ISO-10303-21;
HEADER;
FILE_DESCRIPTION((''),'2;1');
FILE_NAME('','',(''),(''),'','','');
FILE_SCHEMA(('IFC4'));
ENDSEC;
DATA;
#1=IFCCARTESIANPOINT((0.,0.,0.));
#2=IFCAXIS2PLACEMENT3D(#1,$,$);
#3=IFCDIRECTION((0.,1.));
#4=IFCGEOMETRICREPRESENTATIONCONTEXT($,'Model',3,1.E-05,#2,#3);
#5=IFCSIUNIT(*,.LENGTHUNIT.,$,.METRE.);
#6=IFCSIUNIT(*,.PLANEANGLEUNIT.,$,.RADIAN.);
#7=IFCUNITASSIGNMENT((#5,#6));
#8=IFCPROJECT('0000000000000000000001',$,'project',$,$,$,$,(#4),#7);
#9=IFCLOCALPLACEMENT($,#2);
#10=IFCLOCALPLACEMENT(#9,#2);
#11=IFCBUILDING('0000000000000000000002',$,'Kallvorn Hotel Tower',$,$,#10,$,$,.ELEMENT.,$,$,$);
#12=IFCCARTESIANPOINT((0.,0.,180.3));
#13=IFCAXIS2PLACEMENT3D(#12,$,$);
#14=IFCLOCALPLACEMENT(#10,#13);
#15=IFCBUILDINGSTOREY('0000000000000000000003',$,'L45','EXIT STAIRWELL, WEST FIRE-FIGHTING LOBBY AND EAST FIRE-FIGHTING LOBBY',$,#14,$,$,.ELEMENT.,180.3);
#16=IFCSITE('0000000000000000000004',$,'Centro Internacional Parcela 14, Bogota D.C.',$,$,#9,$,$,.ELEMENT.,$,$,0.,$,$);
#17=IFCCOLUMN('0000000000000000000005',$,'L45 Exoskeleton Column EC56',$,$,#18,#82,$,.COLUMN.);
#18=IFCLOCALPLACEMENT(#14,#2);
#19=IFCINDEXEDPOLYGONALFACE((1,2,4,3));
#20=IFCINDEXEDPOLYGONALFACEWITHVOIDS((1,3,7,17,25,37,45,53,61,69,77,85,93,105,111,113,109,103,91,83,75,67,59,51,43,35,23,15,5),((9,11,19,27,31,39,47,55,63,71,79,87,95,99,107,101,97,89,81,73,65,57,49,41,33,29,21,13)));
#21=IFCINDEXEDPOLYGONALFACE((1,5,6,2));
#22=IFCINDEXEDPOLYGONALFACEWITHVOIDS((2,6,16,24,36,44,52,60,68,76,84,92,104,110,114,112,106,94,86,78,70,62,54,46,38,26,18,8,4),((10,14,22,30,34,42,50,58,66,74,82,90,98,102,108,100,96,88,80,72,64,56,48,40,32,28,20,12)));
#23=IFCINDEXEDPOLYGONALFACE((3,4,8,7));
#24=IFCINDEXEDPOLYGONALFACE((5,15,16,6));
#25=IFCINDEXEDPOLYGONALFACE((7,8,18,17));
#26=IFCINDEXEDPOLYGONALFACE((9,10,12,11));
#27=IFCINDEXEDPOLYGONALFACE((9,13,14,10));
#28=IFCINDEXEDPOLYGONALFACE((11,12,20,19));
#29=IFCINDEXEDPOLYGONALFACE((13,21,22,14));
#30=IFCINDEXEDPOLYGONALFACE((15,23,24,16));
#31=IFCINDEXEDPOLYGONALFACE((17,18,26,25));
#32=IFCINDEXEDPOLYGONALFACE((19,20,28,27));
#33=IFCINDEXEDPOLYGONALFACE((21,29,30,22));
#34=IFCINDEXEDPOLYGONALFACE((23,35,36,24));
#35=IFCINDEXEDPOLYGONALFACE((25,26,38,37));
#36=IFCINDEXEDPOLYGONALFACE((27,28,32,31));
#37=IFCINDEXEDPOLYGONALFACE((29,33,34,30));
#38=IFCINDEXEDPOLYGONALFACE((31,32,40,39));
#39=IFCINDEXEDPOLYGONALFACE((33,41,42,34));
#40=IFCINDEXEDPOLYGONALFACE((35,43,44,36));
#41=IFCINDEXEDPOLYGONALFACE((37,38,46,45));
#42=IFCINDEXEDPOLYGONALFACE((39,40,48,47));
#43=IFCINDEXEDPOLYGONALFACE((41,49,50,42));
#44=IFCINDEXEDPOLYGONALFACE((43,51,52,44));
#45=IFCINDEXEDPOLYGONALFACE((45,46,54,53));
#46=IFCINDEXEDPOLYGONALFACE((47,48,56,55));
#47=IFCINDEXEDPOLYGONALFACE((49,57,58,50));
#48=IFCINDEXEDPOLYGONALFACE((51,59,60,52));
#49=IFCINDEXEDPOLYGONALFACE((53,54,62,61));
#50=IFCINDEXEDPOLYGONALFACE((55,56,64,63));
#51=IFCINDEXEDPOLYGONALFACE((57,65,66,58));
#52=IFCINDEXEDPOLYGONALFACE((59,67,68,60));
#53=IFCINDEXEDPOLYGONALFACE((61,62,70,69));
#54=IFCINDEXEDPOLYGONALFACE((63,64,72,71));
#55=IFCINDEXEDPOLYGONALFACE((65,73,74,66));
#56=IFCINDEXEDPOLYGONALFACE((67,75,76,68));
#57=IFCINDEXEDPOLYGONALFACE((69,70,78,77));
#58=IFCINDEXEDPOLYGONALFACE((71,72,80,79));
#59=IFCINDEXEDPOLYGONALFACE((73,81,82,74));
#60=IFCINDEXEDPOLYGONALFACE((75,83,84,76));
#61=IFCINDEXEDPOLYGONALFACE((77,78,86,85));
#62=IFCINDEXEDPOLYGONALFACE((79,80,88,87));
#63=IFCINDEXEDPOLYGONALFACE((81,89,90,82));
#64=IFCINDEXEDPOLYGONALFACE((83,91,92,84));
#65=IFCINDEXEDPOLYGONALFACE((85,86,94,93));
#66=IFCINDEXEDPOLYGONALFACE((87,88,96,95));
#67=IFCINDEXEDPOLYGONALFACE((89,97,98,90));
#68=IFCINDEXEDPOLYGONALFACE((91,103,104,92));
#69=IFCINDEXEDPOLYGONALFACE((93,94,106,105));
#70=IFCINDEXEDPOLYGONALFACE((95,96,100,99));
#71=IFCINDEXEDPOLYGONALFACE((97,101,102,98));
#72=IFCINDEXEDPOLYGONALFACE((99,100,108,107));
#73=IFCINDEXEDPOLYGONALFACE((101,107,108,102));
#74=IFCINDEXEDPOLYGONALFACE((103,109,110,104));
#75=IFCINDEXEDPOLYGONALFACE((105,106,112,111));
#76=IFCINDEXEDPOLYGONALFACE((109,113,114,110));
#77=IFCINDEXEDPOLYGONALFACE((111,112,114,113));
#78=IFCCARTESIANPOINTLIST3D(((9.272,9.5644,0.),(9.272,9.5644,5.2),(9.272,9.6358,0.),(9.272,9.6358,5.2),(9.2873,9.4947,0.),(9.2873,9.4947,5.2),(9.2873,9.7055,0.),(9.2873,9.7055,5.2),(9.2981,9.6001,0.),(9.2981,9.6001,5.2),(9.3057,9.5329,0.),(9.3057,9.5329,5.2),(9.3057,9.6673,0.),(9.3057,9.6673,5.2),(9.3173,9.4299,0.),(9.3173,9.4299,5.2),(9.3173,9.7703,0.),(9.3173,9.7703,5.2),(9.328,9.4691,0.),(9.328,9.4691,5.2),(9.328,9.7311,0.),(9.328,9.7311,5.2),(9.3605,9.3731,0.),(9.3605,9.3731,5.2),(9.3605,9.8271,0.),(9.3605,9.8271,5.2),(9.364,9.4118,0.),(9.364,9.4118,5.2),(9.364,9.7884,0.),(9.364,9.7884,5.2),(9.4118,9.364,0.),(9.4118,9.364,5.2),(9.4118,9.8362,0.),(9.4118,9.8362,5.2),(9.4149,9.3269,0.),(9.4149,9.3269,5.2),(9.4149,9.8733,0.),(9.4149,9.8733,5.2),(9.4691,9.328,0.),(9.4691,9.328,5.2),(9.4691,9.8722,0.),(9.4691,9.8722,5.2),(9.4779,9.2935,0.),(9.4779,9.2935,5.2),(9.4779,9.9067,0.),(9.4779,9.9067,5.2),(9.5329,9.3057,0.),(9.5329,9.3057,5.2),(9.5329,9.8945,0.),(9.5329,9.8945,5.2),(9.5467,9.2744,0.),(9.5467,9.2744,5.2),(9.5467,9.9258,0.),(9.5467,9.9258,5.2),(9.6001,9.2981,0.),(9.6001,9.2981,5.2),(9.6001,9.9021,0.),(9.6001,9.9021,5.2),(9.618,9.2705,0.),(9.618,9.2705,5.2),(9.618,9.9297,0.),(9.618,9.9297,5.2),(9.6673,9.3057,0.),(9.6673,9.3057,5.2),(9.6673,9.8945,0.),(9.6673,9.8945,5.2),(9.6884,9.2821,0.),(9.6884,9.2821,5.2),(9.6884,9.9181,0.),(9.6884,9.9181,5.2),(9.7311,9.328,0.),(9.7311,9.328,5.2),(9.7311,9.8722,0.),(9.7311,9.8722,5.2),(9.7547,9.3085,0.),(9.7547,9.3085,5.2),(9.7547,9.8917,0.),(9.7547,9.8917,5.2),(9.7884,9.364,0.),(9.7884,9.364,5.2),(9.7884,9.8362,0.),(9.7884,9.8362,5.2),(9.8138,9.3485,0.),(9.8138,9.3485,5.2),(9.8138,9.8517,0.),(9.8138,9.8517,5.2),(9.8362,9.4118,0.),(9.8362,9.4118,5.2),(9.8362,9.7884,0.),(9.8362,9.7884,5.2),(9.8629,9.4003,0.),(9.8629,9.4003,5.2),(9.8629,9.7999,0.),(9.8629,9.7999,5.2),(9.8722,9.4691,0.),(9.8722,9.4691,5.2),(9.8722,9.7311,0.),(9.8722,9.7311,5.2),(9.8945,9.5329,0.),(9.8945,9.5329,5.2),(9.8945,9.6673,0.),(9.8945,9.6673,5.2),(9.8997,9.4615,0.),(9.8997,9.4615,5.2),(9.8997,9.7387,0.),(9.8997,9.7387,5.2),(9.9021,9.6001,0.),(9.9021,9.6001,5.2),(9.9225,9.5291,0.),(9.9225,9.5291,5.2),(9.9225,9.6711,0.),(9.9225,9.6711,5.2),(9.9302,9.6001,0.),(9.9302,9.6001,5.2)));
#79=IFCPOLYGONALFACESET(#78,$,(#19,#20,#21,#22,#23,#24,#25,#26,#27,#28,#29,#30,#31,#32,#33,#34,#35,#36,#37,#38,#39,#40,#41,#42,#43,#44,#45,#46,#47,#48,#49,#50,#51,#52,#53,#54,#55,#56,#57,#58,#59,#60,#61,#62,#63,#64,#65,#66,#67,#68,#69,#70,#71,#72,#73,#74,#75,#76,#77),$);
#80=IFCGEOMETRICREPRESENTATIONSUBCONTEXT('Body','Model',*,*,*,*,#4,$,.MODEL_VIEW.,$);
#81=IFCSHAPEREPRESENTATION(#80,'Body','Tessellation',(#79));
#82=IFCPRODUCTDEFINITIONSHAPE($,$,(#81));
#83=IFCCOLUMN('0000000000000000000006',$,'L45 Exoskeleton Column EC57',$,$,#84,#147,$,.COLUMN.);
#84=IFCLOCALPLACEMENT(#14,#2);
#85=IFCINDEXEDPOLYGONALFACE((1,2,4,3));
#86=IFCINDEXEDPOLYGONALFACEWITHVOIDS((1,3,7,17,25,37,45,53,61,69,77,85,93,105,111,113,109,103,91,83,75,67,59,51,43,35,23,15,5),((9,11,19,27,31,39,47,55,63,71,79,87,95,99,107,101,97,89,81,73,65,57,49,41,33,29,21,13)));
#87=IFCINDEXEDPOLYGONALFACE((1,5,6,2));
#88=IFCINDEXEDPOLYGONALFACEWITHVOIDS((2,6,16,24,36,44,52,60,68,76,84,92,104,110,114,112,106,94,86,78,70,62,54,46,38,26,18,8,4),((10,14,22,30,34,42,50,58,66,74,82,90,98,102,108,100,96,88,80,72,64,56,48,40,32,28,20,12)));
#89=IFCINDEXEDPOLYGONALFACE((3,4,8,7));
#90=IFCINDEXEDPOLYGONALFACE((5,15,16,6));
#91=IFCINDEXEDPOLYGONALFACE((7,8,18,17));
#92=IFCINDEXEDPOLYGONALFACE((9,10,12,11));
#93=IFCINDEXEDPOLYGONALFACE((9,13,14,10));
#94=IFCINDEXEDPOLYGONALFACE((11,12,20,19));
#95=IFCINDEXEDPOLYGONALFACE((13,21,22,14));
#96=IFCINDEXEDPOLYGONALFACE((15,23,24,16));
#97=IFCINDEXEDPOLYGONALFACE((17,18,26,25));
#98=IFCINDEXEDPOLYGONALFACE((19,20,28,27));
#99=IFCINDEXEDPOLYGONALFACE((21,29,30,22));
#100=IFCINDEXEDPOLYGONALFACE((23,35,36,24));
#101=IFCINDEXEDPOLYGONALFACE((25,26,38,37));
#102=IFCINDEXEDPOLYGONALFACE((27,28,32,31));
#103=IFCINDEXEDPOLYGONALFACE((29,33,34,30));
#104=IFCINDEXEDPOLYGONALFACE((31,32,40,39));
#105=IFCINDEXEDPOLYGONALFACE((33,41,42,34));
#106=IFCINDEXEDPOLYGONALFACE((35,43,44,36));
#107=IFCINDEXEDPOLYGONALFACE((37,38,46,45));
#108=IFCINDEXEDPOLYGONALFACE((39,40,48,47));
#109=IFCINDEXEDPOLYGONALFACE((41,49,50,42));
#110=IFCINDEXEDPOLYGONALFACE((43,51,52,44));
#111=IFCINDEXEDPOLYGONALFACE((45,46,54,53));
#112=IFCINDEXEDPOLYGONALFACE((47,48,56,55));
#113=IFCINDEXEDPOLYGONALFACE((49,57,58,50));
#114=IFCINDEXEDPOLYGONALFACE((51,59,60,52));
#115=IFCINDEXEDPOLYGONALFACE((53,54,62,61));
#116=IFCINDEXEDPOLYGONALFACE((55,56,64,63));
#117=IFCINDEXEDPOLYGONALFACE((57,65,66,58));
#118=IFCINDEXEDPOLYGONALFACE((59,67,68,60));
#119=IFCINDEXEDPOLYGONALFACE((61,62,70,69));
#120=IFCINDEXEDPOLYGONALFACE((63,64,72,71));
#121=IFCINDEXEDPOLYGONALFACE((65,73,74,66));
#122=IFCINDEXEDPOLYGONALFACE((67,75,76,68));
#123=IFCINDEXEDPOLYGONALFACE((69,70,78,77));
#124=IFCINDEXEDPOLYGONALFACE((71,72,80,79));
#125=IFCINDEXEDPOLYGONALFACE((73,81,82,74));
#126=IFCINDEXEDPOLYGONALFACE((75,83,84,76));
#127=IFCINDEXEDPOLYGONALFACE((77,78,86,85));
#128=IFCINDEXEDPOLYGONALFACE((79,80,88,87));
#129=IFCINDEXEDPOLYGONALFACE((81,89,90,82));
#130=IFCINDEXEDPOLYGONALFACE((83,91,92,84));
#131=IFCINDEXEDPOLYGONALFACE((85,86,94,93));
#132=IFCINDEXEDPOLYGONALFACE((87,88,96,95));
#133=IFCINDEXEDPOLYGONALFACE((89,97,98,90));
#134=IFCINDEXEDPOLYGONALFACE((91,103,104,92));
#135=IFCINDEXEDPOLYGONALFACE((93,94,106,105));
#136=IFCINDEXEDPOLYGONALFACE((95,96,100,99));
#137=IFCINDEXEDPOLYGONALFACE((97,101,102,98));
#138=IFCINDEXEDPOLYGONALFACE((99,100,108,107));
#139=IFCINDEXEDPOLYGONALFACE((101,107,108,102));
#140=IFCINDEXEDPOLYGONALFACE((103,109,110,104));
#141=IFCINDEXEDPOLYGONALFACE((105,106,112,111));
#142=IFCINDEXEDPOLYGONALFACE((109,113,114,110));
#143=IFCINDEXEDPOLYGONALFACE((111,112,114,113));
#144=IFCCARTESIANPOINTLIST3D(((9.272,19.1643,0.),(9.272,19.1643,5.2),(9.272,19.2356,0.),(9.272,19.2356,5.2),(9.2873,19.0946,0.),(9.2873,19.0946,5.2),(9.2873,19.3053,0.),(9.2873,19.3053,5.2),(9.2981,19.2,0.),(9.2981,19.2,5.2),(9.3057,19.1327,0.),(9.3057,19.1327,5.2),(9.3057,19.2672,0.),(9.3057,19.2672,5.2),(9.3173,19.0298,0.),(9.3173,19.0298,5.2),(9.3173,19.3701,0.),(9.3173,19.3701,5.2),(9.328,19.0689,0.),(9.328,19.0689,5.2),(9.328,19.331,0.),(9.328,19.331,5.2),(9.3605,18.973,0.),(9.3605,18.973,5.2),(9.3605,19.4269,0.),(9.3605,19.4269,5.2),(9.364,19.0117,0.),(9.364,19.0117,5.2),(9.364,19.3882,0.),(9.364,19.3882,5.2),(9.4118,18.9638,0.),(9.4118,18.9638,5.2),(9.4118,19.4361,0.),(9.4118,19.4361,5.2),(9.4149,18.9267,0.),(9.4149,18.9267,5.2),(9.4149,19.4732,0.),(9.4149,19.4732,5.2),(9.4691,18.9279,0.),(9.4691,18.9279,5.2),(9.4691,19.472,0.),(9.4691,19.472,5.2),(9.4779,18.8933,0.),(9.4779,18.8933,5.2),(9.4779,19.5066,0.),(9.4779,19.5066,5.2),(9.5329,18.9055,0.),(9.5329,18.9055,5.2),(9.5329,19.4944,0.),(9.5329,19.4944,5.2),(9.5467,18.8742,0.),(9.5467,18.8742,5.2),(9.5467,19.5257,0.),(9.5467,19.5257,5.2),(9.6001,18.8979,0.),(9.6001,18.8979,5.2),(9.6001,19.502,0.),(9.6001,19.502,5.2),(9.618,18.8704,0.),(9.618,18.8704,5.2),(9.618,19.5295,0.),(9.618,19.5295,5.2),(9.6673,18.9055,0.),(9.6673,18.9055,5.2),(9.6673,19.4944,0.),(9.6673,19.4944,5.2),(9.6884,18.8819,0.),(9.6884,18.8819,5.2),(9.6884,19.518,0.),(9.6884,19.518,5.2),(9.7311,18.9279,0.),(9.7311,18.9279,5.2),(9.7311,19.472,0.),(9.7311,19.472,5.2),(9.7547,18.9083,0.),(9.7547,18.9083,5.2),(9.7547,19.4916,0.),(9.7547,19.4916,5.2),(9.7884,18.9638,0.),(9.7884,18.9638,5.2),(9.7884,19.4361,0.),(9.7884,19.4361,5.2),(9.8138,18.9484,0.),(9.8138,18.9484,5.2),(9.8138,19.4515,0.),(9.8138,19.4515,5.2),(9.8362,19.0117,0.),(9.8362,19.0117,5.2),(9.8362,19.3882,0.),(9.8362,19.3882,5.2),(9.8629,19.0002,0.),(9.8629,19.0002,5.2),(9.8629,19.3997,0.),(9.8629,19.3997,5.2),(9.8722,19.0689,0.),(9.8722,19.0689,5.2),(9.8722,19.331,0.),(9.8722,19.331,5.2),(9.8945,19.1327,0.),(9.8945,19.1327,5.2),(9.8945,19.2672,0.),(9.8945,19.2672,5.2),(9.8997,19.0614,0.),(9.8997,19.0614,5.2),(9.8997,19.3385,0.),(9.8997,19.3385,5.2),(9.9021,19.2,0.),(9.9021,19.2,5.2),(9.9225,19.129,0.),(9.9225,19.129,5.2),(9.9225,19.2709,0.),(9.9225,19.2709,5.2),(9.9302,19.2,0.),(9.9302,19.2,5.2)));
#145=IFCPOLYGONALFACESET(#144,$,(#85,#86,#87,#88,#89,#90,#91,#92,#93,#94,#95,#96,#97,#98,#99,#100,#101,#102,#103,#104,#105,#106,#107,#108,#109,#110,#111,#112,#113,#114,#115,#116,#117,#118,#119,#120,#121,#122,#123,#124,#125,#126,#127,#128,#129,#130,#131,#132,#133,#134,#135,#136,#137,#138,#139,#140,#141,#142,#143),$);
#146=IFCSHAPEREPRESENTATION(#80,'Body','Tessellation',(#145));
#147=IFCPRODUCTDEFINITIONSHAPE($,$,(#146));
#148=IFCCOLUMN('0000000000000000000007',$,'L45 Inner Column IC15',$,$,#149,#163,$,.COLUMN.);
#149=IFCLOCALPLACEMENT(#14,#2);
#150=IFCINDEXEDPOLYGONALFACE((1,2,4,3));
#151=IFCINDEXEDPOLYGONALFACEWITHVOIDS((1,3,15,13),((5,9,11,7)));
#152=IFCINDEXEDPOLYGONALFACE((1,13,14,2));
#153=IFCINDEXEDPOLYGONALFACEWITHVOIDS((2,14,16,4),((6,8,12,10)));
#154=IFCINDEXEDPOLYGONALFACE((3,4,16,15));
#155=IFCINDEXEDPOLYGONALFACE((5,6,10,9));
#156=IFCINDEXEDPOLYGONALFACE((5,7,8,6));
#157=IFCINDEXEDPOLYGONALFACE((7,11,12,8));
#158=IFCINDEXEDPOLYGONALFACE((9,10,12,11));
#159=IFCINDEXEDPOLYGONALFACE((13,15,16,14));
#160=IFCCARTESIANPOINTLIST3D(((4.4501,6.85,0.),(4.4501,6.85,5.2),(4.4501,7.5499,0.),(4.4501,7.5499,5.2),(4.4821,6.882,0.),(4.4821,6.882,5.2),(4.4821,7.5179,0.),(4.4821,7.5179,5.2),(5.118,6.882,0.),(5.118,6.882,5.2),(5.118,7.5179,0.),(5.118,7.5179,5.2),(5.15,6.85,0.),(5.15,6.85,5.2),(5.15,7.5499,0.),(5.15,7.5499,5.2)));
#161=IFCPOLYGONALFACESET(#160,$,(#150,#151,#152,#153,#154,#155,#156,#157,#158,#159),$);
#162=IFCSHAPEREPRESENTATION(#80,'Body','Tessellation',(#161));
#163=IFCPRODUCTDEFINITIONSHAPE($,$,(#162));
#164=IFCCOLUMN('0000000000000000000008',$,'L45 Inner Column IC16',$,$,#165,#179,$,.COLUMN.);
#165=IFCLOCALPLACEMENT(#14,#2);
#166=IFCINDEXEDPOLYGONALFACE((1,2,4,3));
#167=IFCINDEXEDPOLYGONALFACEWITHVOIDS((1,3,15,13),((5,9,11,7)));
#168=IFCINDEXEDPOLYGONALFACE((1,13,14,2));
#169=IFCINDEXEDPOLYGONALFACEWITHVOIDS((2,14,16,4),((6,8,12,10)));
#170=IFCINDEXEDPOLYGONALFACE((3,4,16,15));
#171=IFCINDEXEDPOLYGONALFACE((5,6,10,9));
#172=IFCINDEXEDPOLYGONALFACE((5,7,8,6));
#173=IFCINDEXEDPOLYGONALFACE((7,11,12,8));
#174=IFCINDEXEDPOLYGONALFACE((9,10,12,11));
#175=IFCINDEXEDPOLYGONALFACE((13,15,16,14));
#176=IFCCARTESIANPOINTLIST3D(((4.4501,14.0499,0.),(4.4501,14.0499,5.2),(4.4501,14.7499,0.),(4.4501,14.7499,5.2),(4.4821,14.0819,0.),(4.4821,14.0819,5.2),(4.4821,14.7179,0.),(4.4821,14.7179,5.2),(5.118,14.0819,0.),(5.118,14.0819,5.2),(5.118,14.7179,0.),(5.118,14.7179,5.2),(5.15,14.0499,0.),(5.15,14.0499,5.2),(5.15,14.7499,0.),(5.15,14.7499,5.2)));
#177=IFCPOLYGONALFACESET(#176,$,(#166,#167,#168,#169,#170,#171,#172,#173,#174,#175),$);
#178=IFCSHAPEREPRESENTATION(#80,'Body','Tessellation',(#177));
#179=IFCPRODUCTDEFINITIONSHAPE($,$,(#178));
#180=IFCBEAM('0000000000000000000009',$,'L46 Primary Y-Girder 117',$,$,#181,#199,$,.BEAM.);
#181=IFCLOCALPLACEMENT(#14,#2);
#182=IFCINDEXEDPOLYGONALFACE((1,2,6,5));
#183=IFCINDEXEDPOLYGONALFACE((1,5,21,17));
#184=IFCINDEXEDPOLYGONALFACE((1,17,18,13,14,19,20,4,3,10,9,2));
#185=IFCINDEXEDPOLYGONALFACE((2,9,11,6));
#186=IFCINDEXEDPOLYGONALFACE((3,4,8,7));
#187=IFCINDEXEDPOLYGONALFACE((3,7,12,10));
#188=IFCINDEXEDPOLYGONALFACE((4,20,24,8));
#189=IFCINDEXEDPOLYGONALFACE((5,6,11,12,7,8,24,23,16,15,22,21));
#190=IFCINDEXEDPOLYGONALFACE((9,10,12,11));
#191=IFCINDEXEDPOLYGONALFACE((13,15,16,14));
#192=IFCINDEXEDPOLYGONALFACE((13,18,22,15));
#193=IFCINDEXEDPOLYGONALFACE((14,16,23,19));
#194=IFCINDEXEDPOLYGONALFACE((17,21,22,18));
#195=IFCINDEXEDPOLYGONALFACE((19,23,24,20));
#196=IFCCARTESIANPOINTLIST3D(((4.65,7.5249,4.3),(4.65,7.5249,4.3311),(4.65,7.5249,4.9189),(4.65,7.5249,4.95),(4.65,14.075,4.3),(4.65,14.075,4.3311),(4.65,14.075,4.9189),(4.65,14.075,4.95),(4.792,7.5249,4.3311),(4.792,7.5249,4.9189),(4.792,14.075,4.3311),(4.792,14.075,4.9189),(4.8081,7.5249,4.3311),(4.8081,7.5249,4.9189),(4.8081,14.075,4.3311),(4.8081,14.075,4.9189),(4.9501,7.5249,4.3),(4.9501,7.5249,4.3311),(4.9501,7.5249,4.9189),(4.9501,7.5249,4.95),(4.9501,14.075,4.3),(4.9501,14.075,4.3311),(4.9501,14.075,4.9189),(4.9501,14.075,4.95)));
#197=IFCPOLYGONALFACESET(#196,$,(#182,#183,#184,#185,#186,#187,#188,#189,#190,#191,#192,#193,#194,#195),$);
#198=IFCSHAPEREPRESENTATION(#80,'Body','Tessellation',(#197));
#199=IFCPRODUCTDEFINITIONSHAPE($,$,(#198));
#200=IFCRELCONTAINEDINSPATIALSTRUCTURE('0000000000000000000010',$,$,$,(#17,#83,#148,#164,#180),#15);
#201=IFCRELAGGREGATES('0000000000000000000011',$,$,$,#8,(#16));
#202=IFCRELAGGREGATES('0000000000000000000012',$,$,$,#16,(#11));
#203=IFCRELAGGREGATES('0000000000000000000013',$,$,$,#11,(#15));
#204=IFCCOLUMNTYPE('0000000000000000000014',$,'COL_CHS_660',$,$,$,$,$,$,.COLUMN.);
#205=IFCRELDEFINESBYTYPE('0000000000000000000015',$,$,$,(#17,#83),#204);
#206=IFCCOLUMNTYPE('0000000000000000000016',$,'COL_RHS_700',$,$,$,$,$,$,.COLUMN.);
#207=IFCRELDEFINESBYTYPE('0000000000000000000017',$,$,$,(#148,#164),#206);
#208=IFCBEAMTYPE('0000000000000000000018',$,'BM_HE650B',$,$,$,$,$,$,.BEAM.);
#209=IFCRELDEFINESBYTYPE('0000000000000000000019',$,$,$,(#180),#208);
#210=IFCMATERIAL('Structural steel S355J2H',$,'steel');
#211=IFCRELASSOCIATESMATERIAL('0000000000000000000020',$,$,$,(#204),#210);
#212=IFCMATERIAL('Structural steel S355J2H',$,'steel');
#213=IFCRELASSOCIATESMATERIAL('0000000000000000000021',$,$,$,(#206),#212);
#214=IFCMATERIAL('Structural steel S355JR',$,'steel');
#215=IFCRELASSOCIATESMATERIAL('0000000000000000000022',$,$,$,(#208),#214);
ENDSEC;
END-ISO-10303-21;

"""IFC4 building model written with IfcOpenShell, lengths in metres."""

from ifc_helpers import new_model, si_unit, direction, frame, origin, origin_2d, place, context, subcontext, project, spatial, hollow_rectangle, hollow_circle, i_section, extrude, material, material_profile, profile_set, type_object, element, save


model = new_model("IFC4")

# Units and contexts
model_context = context("Model", 3, precision=1e-05, world=origin(), true_north=direction((0.0, 1.0)))
body_context = subcontext(model_context, "Body", "Model", "MODEL_VIEW")
ifc_project = project(units=[si_unit("LENGTHUNIT", "METRE"), si_unit("PLANEANGLEUNIT", "RADIAN")], contexts=[model_context])

# Site, building, storey
site_placement = place(None, origin())
site = spatial("IfcSite", under=ifc_project, at=site_placement, Name="Centro Internacional Parcela 14, Bogota D.C.", CompositionType="ELEMENT", RefElevation=0.0)
building_placement = place(site_placement, origin())
building = spatial("IfcBuilding", under=site, at=building_placement, Name="Kallvorn Hotel Tower", CompositionType="ELEMENT")
storey_placement = place(building_placement, frame((0.0, 0.0, 180.3)))
storey = spatial("IfcBuildingStorey", under=building, at=storey_placement, Name="L45", Description="EXIT STAIRWELL, WEST FIRE-FIGHTING LOBBY AND EAST FIRE-FIGHTING LOBBY", CompositionType="ELEMENT", Elevation=180.3)

# Columns
ifc_material_1 = material(Name="Structural steel S355J2H", Category="steel")
ifc_material_profile_1 = material_profile(ifc_material_1, hollow_circle(Radius=0.3301, WallThickness=0.0281, at=origin_2d()), Name="CHS 660x28")
ifc_profile_set_1 = profile_set([ifc_material_profile_1], Name="Structural steel S355J2H")
column_type_1 = type_object("IfcColumnType", Name="COL_CHS_660", PredefinedType="COLUMN", material=ifc_profile_set_1)
for number, where, z_axis, x_axis, name in (
    (1, (9.6001, 9.6001, 0.0), (0.0, 0.0, 1.0), (1.0, 0.0, 0.0), "L45 Exoskeleton Column EC56"),
    (2, (9.6001, 19.2, 0.0), (0.0, 0.0, 1.0), (1.0, 0.0, 0.0), "L45 Exoskeleton Column EC57"),
):
    element("IfcColumn", number, at=place(storey_placement, frame(where, z_axis=z_axis, x_axis=x_axis)), inside=storey, type_object=column_type_1, Name=name, PredefinedType="COLUMN", context=body_context, shape_type="SweptSolid", body=[
        extrude(hollow_circle(Radius=0.3301, WallThickness=0.0281, at=origin_2d()), origin(), (0.0, 0.0, 1.0), 5.2),
    ])
ifc_material_2 = material(Name="Structural steel S355J2H", Category="steel")
ifc_material_profile_2 = material_profile(ifc_material_2, hollow_rectangle(XDim=0.7, YDim=0.7, WallThickness=0.032, at=origin_2d()), Name="RHS 700x700x32")
ifc_profile_set_2 = profile_set([ifc_material_profile_2], Name="Structural steel S355J2H")
column_type_2 = type_object("IfcColumnType", Name="COL_RHS_700", PredefinedType="COLUMN", material=ifc_profile_set_2)
for number, where, z_axis, x_axis, name in (
    (3, (4.8, 7.2, 0.0), (0.0, 0.0, 1.0), (1.0, 0.0, 0.0), "L45 Inner Column IC15"),
    (4, (4.8, 14.3999, 0.0), (0.0, 0.0, 1.0), (1.0, 0.0, 0.0), "L45 Inner Column IC16"),
):
    element("IfcColumn", number, at=place(storey_placement, frame(where, z_axis=z_axis, x_axis=x_axis)), inside=storey, type_object=column_type_2, Name=name, PredefinedType="COLUMN", context=body_context, shape_type="SweptSolid", body=[
        extrude(hollow_rectangle(XDim=0.7, YDim=0.7, WallThickness=0.032, at=origin_2d()), origin(), (0.0, 0.0, 1.0), 5.2),
    ])

# Beam
ifc_material_3 = material(Name="Structural steel S355JR", Category="steel")
ifc_material_profile_3 = material_profile(ifc_material_3, i_section(OverallWidth=0.3, OverallDepth=0.6499, WebThickness=0.0161, FlangeThickness=0.031, at=origin_2d()), Name="HE 650 B")
ifc_profile_set_3 = profile_set([ifc_material_profile_3], Name="Structural steel S355JR")
beam_type_1 = type_object("IfcBeamType", Name="BM_HE650B", PredefinedType="BEAM", material=ifc_profile_set_3)
beam_1_placement = place(storey_placement, frame((4.8, 7.5249, 4.625), z_axis=(0.0, 1.0, 0.0), x_axis=(-1.0, 0.0, 0.0)))
element("IfcBeam", 5, at=beam_1_placement, inside=storey, type_object=beam_type_1, Name="L46 Primary Y-Girder 117", PredefinedType="BEAM", context=body_context, shape_type="SweptSolid", body=[
    extrude(i_section(OverallWidth=0.3, OverallDepth=0.6499, WebThickness=0.0161, FlangeThickness=0.031, at=origin_2d()), origin(), (0.0, 0.0, 1.0), 6.55),
])

save(model, "model.ifc")
